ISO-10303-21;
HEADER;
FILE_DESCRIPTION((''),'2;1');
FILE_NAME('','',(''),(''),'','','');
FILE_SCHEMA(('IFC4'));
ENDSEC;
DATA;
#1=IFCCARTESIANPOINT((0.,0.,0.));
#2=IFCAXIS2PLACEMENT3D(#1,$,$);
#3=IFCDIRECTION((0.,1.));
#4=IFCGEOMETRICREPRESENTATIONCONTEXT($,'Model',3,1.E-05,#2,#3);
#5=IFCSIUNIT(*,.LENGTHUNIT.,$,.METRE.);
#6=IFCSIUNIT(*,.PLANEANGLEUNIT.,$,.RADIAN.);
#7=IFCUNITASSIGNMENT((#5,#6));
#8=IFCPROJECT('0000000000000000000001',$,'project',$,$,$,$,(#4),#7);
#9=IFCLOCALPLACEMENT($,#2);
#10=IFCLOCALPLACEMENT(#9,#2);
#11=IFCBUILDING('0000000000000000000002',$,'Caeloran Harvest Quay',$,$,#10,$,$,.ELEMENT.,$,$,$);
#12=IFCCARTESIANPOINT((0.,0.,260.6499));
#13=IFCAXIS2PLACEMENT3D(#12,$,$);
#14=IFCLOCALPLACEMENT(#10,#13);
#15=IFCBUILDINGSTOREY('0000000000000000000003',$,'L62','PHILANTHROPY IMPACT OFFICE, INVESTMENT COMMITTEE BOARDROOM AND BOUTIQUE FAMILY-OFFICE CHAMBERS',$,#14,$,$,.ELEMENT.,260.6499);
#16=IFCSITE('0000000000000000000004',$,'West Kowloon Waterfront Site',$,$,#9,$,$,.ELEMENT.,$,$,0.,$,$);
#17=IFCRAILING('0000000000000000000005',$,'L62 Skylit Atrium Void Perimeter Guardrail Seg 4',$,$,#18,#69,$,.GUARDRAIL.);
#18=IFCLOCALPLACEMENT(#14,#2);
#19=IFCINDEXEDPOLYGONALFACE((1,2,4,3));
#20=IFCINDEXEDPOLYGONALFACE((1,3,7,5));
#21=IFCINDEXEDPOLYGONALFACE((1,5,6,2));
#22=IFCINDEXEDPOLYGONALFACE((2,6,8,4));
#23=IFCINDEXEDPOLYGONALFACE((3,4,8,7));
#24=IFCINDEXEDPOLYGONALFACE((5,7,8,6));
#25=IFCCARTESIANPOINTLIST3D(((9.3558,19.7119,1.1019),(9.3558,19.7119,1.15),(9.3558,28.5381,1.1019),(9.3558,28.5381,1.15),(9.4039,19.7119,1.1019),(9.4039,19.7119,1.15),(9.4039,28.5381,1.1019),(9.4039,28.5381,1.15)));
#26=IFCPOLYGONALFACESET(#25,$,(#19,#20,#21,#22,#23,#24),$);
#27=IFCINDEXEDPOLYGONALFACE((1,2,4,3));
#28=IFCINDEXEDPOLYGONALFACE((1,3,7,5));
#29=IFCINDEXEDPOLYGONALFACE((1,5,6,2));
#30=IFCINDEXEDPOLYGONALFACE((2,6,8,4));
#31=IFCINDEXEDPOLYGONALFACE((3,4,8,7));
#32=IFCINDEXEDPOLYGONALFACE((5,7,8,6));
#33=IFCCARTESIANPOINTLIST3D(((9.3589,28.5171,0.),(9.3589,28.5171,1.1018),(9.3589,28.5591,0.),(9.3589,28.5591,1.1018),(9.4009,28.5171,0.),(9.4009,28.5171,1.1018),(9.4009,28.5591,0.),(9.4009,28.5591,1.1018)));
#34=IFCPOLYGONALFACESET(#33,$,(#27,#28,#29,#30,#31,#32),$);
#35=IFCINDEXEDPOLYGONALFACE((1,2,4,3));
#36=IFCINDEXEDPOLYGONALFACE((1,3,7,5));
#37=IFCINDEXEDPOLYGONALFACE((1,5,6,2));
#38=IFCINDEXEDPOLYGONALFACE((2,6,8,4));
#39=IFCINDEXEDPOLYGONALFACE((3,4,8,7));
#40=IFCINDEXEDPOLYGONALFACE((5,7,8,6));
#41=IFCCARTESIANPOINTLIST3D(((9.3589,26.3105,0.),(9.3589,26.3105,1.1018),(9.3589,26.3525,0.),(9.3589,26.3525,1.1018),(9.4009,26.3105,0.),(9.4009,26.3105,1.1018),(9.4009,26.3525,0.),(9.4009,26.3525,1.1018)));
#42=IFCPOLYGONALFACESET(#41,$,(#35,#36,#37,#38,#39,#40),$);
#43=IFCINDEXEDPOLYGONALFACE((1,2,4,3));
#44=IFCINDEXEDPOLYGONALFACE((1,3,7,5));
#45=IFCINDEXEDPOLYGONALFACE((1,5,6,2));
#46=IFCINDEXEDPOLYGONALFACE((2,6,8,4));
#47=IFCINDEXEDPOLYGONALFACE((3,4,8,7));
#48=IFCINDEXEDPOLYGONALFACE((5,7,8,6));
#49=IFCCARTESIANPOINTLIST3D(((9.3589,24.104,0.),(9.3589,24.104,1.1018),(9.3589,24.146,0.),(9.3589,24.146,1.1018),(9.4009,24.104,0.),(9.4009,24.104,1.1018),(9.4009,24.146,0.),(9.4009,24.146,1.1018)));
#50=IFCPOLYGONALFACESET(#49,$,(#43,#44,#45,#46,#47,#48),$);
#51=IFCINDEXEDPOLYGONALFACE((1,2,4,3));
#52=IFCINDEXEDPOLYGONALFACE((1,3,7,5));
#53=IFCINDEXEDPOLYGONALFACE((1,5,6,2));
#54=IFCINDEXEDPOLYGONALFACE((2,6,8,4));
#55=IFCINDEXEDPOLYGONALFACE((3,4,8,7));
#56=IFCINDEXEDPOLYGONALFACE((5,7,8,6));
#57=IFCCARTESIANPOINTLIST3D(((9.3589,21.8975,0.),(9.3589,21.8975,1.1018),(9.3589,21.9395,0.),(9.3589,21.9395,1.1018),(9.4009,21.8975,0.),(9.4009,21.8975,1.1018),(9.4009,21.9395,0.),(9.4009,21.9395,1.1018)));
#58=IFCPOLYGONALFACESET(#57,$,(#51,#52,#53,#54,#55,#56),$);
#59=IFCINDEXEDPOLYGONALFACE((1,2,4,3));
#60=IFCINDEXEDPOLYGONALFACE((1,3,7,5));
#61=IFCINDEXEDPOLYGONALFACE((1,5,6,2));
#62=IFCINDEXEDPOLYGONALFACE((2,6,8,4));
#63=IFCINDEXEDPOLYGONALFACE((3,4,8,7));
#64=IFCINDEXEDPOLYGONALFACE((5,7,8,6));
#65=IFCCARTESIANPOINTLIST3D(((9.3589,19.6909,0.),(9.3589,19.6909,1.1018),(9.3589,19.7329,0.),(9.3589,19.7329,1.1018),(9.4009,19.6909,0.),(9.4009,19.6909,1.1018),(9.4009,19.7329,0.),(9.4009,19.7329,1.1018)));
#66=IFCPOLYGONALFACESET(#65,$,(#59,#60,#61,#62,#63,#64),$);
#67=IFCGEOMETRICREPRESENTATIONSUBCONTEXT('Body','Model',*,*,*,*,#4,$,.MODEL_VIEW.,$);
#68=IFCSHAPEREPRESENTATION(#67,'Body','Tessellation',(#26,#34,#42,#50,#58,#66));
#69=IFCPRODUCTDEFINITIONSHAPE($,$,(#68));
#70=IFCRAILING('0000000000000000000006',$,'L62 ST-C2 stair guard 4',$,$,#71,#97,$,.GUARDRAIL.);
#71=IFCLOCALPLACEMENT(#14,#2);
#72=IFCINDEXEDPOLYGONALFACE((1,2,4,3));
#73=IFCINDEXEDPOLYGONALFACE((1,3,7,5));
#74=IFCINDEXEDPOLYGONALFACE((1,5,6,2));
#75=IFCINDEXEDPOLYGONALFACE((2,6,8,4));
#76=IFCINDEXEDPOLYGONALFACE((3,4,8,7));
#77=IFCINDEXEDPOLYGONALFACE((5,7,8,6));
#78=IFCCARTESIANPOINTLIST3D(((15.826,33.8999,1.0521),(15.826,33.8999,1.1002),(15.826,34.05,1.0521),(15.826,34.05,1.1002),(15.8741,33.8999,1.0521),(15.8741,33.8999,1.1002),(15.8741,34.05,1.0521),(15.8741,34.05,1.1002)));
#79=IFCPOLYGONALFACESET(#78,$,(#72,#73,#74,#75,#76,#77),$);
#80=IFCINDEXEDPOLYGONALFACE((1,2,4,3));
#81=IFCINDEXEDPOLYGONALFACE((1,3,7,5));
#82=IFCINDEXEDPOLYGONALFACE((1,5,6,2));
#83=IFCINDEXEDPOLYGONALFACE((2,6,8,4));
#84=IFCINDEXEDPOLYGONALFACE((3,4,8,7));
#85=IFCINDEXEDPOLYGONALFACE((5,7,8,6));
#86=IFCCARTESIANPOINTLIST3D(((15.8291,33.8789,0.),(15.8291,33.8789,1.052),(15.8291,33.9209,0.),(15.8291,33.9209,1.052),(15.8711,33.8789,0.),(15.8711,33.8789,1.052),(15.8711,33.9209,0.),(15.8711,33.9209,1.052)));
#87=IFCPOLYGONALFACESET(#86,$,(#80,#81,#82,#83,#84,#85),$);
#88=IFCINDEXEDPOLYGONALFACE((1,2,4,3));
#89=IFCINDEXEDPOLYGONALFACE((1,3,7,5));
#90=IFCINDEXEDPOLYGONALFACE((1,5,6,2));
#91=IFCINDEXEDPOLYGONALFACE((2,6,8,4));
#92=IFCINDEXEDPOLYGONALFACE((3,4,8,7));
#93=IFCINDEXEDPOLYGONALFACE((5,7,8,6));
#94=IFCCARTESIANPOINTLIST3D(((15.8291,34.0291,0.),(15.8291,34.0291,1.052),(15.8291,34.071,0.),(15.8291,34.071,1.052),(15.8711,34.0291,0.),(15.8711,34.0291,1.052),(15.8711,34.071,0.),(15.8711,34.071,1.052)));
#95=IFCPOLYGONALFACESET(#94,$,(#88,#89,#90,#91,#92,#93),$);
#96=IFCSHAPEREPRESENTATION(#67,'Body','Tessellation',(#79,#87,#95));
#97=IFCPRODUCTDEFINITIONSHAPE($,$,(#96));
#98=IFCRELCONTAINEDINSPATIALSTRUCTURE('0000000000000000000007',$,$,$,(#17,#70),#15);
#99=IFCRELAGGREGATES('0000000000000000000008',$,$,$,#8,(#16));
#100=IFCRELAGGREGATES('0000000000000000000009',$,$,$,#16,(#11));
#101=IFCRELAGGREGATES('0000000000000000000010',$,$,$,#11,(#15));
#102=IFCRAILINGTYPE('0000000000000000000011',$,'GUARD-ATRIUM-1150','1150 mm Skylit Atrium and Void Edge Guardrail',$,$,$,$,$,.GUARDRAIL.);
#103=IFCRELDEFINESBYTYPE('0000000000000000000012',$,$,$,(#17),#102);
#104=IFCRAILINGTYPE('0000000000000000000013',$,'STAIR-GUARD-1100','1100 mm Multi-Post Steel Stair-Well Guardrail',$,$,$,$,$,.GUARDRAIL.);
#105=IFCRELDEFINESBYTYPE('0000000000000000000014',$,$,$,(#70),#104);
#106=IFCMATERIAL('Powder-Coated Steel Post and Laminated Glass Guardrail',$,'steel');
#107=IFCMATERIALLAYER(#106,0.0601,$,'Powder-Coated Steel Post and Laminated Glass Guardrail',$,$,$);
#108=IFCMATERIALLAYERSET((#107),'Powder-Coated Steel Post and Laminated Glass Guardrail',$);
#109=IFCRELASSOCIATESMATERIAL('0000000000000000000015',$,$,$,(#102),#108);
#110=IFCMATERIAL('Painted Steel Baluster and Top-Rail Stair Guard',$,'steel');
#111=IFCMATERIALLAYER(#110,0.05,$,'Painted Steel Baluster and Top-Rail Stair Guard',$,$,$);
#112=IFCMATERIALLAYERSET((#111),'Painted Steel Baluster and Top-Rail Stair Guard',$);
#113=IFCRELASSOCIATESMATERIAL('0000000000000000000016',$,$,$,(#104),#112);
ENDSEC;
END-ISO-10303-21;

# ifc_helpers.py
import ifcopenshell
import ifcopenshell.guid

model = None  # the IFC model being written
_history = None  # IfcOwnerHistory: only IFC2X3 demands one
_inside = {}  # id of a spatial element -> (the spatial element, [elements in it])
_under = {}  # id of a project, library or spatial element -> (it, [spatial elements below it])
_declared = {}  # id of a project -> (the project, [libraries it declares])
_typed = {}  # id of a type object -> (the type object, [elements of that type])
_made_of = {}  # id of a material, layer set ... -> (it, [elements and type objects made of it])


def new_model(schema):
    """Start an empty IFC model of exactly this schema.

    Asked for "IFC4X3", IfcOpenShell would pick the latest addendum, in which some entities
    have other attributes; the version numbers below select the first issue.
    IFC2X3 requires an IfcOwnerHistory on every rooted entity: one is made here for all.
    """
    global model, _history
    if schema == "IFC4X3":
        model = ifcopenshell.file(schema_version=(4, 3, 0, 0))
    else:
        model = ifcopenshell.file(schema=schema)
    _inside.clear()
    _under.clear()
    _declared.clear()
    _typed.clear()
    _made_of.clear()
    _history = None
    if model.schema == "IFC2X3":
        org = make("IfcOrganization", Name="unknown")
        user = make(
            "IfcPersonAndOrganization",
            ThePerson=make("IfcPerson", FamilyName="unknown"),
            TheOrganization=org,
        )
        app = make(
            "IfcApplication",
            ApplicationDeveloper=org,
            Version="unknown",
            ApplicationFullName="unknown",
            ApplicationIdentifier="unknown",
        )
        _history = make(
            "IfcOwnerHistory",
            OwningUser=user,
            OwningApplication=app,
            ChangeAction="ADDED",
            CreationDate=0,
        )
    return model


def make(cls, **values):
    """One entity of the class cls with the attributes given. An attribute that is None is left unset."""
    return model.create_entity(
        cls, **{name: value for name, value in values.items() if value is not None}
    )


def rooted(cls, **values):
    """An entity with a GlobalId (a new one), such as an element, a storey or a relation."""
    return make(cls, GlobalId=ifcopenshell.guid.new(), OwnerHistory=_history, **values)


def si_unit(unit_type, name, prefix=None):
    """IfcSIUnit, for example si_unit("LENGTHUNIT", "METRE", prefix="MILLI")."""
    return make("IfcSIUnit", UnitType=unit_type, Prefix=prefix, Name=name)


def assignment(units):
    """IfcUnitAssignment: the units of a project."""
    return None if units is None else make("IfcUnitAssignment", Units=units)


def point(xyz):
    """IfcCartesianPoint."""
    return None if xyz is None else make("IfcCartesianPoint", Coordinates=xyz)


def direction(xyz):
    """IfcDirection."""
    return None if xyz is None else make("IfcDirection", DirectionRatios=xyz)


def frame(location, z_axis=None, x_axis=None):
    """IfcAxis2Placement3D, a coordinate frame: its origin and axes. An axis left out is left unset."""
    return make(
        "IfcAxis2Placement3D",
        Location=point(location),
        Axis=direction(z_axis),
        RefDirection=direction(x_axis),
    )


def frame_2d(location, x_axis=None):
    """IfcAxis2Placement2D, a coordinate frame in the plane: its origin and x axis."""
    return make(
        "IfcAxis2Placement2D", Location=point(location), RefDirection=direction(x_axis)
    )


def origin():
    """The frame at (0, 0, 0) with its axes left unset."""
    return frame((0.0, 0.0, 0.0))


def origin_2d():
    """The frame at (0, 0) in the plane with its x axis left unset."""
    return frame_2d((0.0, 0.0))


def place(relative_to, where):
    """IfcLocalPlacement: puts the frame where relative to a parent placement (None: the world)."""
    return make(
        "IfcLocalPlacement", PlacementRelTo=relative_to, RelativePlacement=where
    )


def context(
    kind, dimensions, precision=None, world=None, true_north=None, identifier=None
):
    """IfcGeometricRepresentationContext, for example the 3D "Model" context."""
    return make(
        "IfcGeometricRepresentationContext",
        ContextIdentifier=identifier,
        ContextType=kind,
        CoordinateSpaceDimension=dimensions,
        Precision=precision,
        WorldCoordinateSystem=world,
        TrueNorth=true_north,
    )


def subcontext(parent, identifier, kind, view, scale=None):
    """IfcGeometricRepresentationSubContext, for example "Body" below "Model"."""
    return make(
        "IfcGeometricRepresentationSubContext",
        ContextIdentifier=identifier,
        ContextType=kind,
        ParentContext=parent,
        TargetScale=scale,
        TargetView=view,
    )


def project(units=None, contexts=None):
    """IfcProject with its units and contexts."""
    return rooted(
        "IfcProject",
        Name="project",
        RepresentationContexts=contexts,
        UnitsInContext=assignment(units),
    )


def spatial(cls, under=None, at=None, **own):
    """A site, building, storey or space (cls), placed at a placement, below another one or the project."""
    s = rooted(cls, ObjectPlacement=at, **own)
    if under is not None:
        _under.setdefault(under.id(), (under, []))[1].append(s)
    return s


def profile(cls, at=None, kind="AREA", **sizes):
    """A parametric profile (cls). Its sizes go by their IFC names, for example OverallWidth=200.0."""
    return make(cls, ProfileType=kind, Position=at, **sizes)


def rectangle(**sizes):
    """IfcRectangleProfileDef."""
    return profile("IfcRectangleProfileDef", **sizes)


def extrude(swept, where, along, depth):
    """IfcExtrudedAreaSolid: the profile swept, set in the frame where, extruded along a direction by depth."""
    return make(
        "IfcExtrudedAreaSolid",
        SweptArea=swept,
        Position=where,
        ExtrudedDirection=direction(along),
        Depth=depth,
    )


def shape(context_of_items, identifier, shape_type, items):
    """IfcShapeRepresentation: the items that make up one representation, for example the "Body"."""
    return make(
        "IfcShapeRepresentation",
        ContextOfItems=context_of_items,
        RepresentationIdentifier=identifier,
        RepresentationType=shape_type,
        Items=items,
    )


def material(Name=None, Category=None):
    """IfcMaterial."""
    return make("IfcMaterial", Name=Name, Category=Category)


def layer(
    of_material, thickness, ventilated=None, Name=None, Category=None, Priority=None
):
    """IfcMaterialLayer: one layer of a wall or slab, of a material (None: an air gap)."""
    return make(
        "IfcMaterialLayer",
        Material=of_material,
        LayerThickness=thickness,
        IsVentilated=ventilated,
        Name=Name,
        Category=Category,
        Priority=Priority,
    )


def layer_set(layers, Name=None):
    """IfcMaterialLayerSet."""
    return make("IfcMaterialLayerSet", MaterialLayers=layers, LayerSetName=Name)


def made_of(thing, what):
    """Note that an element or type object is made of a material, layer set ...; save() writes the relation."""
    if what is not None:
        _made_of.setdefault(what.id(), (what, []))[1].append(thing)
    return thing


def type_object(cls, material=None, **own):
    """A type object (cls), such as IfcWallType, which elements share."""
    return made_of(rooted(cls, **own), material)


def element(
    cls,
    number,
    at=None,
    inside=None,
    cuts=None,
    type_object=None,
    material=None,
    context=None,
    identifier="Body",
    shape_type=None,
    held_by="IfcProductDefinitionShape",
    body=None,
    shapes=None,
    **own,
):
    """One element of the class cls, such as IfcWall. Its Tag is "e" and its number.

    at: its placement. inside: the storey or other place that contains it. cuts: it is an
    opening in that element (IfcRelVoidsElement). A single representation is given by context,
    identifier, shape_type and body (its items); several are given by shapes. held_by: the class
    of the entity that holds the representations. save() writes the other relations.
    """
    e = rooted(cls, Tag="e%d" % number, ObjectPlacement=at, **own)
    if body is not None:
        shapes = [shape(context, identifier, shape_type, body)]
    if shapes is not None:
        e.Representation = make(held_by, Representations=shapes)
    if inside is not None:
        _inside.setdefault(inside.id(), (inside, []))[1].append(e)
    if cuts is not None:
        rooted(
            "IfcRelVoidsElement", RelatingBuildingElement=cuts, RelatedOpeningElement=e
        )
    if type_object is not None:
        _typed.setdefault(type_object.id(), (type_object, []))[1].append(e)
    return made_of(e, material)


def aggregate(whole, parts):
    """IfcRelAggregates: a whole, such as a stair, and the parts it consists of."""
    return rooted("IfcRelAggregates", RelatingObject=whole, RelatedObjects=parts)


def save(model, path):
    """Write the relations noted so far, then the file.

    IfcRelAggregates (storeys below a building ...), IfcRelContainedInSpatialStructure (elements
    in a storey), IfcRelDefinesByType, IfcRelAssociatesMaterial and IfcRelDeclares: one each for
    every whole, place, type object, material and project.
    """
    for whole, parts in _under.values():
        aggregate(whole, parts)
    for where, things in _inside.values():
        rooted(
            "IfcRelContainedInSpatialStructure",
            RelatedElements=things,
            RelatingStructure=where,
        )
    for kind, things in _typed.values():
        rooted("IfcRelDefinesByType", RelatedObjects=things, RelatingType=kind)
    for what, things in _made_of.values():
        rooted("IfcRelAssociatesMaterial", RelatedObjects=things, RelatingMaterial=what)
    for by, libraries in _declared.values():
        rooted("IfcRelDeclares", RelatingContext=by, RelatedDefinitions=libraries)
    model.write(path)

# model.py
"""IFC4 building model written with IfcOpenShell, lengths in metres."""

from ifc_helpers import new_model, si_unit, direction, frame, origin, origin_2d, place, context, subcontext, project, spatial, rectangle, extrude, material, layer, layer_set, type_object, element, save


model = new_model("IFC4")

# Units and contexts
model_context = context("Model", 3, precision=1e-05, world=origin(), true_north=direction((0.0, 1.0)))
body_context = subcontext(model_context, "Body", "Model", "MODEL_VIEW")
ifc_project = project(units=[si_unit("LENGTHUNIT", "METRE"), si_unit("PLANEANGLEUNIT", "RADIAN")], contexts=[model_context])

# Site, building, storey
site_placement = place(None, origin())
site = spatial("IfcSite", under=ifc_project, at=site_placement, Name="West Kowloon Waterfront Site", CompositionType="ELEMENT", RefElevation=0.0)
building_placement = place(site_placement, origin())
building = spatial("IfcBuilding", under=site, at=building_placement, Name="Caeloran Harvest Quay", CompositionType="ELEMENT")
storey_placement = place(building_placement, frame((0.0, 0.0, 260.6499)))
storey = spatial("IfcBuildingStorey", under=building, at=storey_placement, Name="L62", Description="PHILANTHROPY IMPACT OFFICE, INVESTMENT COMMITTEE BOARDROOM AND BOUTIQUE FAMILY-OFFICE CHAMBERS", CompositionType="ELEMENT", Elevation=260.6499)

# Railings
ifc_material_1 = material(Name="Powder-Coated Steel Post and Laminated Glass Guardrail", Category="steel")
ifc_layer_1 = layer(ifc_material_1, 0.0601, Name="Powder-Coated Steel Post and Laminated Glass Guardrail")
ifc_layer_set_1 = layer_set([ifc_layer_1], Name="Powder-Coated Steel Post and Laminated Glass Guardrail")
railing_type_1 = type_object("IfcRailingType", Name="GUARD-ATRIUM-1150", Description="1150 mm Skylit Atrium and Void Edge Guardrail", PredefinedType="GUARDRAIL", material=ifc_layer_set_1)
railing_1_placement = place(storey_placement, frame((9.3799, 28.5381, 0.0)))
element("IfcRailing", 1, at=railing_1_placement, inside=storey, type_object=railing_type_1, Name="L62 Skylit Atrium Void Perimeter Guardrail Seg 4", PredefinedType="GUARDRAIL", context=body_context, shape_type="SweptSolid", body=[
    extrude(rectangle(XDim=0.0481, YDim=0.0481, at=origin_2d()), frame((0.0, 0.0, 1.126), z_axis=(0.0, -1.0, 0.0), x_axis=(1.0, 0.0, 0.0)), (0.0, 0.0, 1.0), 8.8262),
    extrude(rectangle(XDim=0.042, YDim=0.042, at=origin_2d()), origin(), (0.0, 0.0, 1.0), 1.1018),
    extrude(rectangle(XDim=0.042, YDim=0.042, at=origin_2d()), frame((0.0, -2.2065, 0.0)), (0.0, 0.0, 1.0), 1.1018),
    extrude(rectangle(XDim=0.042, YDim=0.042, at=origin_2d()), frame((0.0, -4.4131, 0.0)), (0.0, 0.0, 1.0), 1.1018),
    extrude(rectangle(XDim=0.042, YDim=0.042, at=origin_2d()), frame((0.0, -6.6196, 0.0)), (0.0, 0.0, 1.0), 1.1018),
    extrude(rectangle(XDim=0.042, YDim=0.042, at=origin_2d()), frame((0.0, -8.8262, 0.0)), (0.0, 0.0, 1.0), 1.1018),
])
ifc_material_2 = material(Name="Painted Steel Baluster and Top-Rail Stair Guard", Category="steel")
ifc_layer_2 = layer(ifc_material_2, 0.05, Name="Painted Steel Baluster and Top-Rail Stair Guard")
ifc_layer_set_2 = layer_set([ifc_layer_2], Name="Painted Steel Baluster and Top-Rail Stair Guard")
railing_type_2 = type_object("IfcRailingType", Name="STAIR-GUARD-1100", Description="1100 mm Multi-Post Steel Stair-Well Guardrail", PredefinedType="GUARDRAIL", material=ifc_layer_set_2)
railing_2_placement = place(storey_placement, frame((15.8501, 33.8999, 0.0)))
element("IfcRailing", 2, at=railing_2_placement, inside=storey, type_object=railing_type_2, Name="L62 ST-C2 stair guard 4", PredefinedType="GUARDRAIL", context=body_context, shape_type="SweptSolid", body=[
    extrude(rectangle(XDim=0.0481, YDim=0.0481, at=origin_2d()), frame((0.0, 0.0, 1.0762), z_axis=(0.0, 1.0, 0.0), x_axis=(-1.0, 0.0, 0.0)), (0.0, 0.0, 1.0), 0.1501),
    extrude(rectangle(XDim=0.042, YDim=0.042, at=origin_2d()), origin(), (0.0, 0.0, 1.0), 1.052),
    extrude(rectangle(XDim=0.042, YDim=0.042, at=origin_2d()), frame((0.0, 0.1501, 0.0)), (0.0, 0.0, 1.0), 1.052),
])

save(model, "model.ifc")
